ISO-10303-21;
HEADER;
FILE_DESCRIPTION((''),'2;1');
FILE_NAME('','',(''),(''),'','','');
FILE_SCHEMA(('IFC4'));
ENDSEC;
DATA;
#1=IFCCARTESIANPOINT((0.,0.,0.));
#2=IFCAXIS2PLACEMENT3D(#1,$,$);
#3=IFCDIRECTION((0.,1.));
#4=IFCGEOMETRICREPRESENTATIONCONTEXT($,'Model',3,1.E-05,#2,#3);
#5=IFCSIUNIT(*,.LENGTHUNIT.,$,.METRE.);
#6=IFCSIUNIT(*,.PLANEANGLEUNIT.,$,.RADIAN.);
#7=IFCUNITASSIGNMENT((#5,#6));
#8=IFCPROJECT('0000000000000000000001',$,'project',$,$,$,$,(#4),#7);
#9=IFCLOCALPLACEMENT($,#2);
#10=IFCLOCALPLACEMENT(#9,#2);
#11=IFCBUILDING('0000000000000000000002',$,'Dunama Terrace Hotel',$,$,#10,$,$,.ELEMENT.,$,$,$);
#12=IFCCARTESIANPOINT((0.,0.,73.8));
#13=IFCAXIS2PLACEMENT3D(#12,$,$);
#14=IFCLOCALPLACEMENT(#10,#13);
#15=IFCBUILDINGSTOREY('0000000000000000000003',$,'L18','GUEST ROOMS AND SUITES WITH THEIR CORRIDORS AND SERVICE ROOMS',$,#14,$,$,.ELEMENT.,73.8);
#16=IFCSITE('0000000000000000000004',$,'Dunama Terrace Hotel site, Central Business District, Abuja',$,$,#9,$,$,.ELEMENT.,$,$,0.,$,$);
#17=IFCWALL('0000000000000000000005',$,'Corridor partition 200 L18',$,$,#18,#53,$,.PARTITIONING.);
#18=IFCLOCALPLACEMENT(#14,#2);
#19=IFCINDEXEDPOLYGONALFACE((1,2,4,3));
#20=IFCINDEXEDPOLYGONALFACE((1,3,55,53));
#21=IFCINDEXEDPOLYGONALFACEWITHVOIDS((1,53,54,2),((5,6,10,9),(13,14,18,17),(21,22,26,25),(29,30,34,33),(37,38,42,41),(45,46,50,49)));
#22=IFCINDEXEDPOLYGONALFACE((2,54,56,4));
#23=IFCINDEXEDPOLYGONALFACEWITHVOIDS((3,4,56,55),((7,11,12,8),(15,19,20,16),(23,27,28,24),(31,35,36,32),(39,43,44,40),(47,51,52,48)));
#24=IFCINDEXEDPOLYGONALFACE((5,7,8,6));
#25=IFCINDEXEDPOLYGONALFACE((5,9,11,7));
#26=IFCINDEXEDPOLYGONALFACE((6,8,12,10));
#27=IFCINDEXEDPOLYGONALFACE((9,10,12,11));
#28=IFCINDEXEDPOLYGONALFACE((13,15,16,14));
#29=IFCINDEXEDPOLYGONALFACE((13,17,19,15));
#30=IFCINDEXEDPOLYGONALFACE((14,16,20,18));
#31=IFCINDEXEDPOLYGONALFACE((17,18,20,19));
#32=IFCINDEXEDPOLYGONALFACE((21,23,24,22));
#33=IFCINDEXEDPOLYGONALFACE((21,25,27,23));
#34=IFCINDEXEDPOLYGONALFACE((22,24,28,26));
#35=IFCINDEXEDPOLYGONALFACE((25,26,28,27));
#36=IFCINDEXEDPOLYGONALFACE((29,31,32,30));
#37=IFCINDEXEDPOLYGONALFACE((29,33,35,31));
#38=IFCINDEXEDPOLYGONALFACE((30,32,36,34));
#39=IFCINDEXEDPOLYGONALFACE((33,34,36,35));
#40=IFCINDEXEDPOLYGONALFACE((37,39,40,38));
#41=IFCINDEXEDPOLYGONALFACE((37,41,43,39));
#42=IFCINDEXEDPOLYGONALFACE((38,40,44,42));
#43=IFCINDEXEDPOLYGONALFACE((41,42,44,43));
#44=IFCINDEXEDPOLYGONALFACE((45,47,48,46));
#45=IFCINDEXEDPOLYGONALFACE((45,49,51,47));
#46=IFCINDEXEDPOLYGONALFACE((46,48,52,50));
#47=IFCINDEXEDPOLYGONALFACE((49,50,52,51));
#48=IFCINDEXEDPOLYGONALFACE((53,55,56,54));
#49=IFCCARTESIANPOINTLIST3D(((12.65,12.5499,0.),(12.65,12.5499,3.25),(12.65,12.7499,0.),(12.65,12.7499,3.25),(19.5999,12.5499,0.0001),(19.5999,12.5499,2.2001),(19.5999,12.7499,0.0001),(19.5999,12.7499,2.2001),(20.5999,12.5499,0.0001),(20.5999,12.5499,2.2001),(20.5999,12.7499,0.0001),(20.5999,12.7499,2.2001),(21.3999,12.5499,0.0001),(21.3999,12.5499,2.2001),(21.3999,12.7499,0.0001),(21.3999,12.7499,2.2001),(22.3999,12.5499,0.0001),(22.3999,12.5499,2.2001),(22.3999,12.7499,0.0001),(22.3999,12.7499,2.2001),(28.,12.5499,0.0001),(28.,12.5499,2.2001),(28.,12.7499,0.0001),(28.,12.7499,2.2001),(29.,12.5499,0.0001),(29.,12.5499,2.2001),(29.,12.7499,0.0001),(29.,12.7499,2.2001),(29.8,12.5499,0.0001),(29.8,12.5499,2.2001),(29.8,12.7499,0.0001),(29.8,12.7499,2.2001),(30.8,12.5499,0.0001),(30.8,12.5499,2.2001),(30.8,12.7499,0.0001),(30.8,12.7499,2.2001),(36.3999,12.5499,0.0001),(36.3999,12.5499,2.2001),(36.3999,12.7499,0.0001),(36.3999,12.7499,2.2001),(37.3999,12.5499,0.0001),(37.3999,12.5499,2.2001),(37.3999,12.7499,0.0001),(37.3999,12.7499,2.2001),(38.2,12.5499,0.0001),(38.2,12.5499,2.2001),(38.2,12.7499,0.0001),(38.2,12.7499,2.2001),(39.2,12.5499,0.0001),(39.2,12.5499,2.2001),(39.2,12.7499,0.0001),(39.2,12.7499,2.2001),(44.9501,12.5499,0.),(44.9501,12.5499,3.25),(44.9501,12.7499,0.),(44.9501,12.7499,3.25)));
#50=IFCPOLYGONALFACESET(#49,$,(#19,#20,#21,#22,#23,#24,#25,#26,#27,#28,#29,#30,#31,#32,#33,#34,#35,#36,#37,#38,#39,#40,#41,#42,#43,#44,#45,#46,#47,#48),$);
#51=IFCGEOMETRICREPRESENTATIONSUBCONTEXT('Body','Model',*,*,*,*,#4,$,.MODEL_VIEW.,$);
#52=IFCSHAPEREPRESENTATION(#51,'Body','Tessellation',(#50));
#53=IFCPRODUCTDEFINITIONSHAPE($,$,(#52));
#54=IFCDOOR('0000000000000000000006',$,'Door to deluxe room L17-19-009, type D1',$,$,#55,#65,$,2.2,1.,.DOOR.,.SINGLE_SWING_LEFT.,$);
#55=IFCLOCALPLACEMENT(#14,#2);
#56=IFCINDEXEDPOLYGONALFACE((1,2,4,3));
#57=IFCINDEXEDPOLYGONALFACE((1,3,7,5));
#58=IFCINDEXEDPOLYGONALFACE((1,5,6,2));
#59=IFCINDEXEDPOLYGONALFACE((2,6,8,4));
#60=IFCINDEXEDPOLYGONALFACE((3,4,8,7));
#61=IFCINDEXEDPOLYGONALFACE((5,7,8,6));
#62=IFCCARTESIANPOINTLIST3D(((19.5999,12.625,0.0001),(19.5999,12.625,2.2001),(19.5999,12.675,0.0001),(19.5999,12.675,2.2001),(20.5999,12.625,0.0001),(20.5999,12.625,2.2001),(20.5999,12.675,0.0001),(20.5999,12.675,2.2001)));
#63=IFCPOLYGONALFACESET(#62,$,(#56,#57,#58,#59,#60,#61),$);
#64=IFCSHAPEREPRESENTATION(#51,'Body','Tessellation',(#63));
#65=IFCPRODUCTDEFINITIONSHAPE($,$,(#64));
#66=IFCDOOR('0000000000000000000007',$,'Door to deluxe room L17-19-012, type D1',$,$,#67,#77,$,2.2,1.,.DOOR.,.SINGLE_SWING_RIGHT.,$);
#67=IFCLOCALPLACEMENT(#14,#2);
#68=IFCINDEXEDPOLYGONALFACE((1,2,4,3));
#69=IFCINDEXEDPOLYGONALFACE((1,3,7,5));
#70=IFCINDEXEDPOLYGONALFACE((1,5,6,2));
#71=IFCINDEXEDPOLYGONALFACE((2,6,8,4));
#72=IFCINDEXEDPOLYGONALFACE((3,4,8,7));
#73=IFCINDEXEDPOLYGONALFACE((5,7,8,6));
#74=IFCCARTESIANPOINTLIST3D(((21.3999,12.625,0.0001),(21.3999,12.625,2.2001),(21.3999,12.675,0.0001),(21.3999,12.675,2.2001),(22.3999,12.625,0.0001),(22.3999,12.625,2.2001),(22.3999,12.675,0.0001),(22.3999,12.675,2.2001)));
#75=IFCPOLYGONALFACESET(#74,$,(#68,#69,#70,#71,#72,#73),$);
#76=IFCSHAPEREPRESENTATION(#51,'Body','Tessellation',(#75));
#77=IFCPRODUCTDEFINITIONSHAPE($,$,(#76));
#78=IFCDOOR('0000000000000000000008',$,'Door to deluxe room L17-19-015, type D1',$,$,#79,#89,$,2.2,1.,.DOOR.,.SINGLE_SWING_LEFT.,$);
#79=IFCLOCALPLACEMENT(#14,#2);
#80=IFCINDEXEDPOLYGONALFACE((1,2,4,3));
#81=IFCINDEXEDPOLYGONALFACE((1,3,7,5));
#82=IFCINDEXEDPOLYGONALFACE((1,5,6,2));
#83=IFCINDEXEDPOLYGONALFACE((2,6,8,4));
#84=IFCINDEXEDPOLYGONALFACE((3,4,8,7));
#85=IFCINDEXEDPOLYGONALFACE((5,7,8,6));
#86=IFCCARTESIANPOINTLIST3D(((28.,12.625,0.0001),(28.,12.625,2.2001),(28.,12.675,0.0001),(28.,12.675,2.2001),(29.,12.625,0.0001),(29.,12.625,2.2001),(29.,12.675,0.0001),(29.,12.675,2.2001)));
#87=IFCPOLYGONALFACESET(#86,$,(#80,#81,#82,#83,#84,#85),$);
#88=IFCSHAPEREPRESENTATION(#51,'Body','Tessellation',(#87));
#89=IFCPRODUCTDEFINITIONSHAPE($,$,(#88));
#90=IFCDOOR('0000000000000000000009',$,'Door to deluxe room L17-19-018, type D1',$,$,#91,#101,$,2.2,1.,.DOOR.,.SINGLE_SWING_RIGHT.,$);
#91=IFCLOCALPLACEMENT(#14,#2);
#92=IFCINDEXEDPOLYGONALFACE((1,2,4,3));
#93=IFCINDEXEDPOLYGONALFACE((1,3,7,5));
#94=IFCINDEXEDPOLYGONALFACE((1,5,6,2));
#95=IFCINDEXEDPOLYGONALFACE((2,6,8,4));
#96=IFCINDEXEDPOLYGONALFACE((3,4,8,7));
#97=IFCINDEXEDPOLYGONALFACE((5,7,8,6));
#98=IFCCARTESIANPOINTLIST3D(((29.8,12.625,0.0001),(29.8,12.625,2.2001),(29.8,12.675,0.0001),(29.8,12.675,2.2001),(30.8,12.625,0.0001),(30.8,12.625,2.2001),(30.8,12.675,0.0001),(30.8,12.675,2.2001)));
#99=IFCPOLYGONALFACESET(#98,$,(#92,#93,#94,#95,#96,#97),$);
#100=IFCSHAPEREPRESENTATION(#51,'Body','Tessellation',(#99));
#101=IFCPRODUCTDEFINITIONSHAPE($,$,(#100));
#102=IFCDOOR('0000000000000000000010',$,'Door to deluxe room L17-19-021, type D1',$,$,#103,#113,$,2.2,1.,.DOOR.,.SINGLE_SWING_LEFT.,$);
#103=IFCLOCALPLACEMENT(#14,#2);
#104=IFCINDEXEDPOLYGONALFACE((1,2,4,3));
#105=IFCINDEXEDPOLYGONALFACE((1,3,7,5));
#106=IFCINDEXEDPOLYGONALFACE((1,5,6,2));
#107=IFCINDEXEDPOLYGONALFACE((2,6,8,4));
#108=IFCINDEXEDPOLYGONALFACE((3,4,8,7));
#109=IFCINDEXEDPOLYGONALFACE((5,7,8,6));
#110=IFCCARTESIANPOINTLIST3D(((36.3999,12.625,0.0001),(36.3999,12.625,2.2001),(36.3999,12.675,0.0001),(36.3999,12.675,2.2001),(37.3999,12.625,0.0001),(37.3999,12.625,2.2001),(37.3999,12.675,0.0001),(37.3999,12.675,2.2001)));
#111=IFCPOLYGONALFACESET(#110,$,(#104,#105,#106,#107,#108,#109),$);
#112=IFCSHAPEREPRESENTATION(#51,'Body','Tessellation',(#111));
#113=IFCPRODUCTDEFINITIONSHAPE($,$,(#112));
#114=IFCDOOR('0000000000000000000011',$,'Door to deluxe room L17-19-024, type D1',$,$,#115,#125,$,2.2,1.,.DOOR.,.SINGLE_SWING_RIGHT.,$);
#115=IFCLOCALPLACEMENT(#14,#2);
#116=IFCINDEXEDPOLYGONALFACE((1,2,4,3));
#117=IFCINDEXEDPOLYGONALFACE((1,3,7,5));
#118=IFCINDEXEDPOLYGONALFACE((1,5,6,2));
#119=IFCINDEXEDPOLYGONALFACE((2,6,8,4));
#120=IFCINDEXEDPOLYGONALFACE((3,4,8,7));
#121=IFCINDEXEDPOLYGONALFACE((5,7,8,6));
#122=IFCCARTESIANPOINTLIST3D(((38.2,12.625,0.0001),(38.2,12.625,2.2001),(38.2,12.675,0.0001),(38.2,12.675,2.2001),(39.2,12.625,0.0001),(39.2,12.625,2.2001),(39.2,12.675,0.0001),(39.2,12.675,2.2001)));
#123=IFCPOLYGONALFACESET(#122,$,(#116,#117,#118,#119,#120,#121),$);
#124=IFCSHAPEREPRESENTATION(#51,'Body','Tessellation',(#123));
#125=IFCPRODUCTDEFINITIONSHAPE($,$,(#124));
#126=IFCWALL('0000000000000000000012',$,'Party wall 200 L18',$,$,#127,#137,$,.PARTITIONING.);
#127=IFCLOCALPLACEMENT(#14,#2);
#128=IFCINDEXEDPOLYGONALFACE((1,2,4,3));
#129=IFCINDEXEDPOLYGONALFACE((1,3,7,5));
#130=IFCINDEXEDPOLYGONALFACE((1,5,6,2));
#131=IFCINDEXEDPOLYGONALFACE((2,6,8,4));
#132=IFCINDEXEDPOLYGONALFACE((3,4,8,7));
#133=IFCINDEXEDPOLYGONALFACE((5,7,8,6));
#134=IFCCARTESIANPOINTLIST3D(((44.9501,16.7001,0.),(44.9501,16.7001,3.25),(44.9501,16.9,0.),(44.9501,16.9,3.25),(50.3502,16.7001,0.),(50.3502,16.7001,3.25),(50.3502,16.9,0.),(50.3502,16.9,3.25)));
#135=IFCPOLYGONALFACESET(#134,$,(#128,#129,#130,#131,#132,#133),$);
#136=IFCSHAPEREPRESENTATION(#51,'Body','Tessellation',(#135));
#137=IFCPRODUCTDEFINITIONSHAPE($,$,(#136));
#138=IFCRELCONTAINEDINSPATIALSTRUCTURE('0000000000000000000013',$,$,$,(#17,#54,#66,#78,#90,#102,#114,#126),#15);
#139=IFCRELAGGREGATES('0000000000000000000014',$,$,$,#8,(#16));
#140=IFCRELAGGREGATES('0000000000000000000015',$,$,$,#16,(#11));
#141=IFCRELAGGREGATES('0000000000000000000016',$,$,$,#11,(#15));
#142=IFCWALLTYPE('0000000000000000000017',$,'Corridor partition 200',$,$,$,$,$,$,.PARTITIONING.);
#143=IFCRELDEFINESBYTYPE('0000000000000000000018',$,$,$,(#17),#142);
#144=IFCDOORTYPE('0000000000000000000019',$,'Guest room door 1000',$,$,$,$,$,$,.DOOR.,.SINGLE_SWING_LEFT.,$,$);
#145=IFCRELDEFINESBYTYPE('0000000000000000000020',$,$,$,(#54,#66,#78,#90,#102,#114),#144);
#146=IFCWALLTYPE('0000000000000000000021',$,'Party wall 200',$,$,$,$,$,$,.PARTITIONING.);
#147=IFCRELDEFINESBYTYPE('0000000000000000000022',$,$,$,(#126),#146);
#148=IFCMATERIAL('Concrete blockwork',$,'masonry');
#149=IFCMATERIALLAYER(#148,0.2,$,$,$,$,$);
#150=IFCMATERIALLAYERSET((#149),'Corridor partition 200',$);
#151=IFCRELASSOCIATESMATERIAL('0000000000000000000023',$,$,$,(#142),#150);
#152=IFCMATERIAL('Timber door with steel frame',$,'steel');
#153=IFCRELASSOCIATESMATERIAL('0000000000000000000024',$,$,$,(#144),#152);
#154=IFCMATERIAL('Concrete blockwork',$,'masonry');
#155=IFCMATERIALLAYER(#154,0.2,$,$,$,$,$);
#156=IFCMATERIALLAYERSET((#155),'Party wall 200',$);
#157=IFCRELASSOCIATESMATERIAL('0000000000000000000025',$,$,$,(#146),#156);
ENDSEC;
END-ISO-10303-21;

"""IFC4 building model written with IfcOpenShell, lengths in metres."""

from ifc_helpers import new_model, si_unit, direction, frame, frame_2d, origin, place, context, subcontext, project, spatial, rectangle, extrude, material, layer, layer_set, type_object, element, fill, save


model = new_model("IFC4")

# Units and contexts
model_context = context("Model", 3, precision=1e-05, world=origin(), true_north=direction((0.0, 1.0)))
body_context = subcontext(model_context, "Body", "Model", "MODEL_VIEW")
ifc_project = project(units=[si_unit("LENGTHUNIT", "METRE"), si_unit("PLANEANGLEUNIT", "RADIAN")], contexts=[model_context])

# Site, building, storey
site_placement = place(None, origin())
site = spatial("IfcSite", under=ifc_project, at=site_placement, Name="Dunama Terrace Hotel site, Central Business District, Abuja", CompositionType="ELEMENT", RefElevation=0.0)
building_placement = place(site_placement, origin())
building = spatial("IfcBuilding", under=site, at=building_placement, Name="Dunama Terrace Hotel", CompositionType="ELEMENT")
storey_placement = place(building_placement, frame((0.0, 0.0, 73.8)))
storey = spatial("IfcBuildingStorey", under=building, at=storey_placement, Name="L18", Description="GUEST ROOMS AND SUITES WITH THEIR CORRIDORS AND SERVICE ROOMS", CompositionType="ELEMENT", Elevation=73.8)

# Wall, openings, doors
ifc_material_1 = material(Name="Concrete blockwork", Category="masonry")
ifc_layer_1 = layer(ifc_material_1, 0.2)
ifc_layer_set_1 = layer_set([ifc_layer_1], Name="Corridor partition 200")
wall_type_1 = type_object("IfcWallType", Name="Corridor partition 200", PredefinedType="PARTITIONING", material=ifc_layer_set_1)
wall_1_placement = place(storey_placement, frame((44.95, 12.6499, 0.0), z_axis=(0.0, 0.0, 1.0), x_axis=(-1.0, 0.0, 0.0)))
wall_1 = element("IfcWall", 1, at=wall_1_placement, inside=storey, type_object=wall_type_1, Name="Corridor partition 200 L18", PredefinedType="PARTITIONING", context=body_context, shape_type="SweptSolid", body=[
    extrude(rectangle(XDim=32.3, YDim=0.2, at=frame_2d((16.1499, 0.0))), origin(), (0.0, 0.0, 1.0), 3.25),
])
opening_1_placement = place(wall_1_placement, frame((24.3501, 0.0, 0.0)))
opening_1 = element("IfcOpeningElement", 2, at=opening_1_placement, cuts=wall_1, PredefinedType="OPENING", context=body_context, shape_type="SweptSolid", body=[
    extrude(rectangle(XDim=1.0, YDim=2.2, at=frame_2d((0.5, 1.1001))), frame((0.0, 0.1099, 0.0), z_axis=(0.0, -1.0, 0.0), x_axis=(1.0, 0.0, 0.0)), (0.0, 0.0, 1.0), 0.22),
])
opening_2_placement = place(wall_1_placement, frame((22.55, 0.0, 0.0)))
opening_2 = element("IfcOpeningElement", 3, at=opening_2_placement, cuts=wall_1, PredefinedType="OPENING", context=body_context, shape_type="SweptSolid", body=[
    extrude(rectangle(XDim=1.0, YDim=2.2, at=frame_2d((0.5, 1.1001))), frame((0.0, 0.1099, 0.0), z_axis=(0.0, -1.0, 0.0), x_axis=(1.0, 0.0, 0.0)), (0.0, 0.0, 1.0), 0.22),
])
opening_3_placement = place(wall_1_placement, frame((15.95, 0.0, 0.0)))
opening_3 = element("IfcOpeningElement", 4, at=opening_3_placement, cuts=wall_1, PredefinedType="OPENING", context=body_context, shape_type="SweptSolid", body=[
    extrude(rectangle(XDim=1.0, YDim=2.2, at=frame_2d((0.5, 1.1001))), frame((0.0, 0.1099, 0.0), z_axis=(0.0, -1.0, 0.0), x_axis=(1.0, 0.0, 0.0)), (0.0, 0.0, 1.0), 0.22),
])
opening_4_placement = place(wall_1_placement, frame((14.1499, 0.0, 0.0)))
opening_4 = element("IfcOpeningElement", 5, at=opening_4_placement, cuts=wall_1, PredefinedType="OPENING", context=body_context, shape_type="SweptSolid", body=[
    extrude(rectangle(XDim=1.0, YDim=2.2, at=frame_2d((0.5, 1.1001))), frame((0.0, 0.1099, 0.0), z_axis=(0.0, -1.0, 0.0), x_axis=(1.0, 0.0, 0.0)), (0.0, 0.0, 1.0), 0.22),
])
opening_5_placement = place(wall_1_placement, frame((7.55, 0.0, 0.0)))
opening_5 = element("IfcOpeningElement", 6, at=opening_5_placement, cuts=wall_1, PredefinedType="OPENING", context=body_context, shape_type="SweptSolid", body=[
    extrude(rectangle(XDim=1.0, YDim=2.2, at=frame_2d((0.5, 1.1001))), frame((0.0, 0.1099, 0.0), z_axis=(0.0, -1.0, 0.0), x_axis=(1.0, 0.0, 0.0)), (0.0, 0.0, 1.0), 0.22),
])
opening_6_placement = place(wall_1_placement, frame((5.75, 0.0, 0.0)))
opening_6 = element("IfcOpeningElement", 7, at=opening_6_placement, cuts=wall_1, PredefinedType="OPENING", context=body_context, shape_type="SweptSolid", body=[
    extrude(rectangle(XDim=1.0, YDim=2.2, at=frame_2d((0.5, 1.1001))), frame((0.0, 0.1099, 0.0), z_axis=(0.0, -1.0, 0.0), x_axis=(1.0, 0.0, 0.0)), (0.0, 0.0, 1.0), 0.22),
])
ifc_material_2 = material(Name="Timber door with steel frame", Category="steel")
door_type_1 = type_object("IfcDoorType", Name="Guest room door 1000", OperationType="SINGLE_SWING_LEFT", PredefinedType="DOOR", material=ifc_material_2)
door_1_placement = place(opening_1_placement, origin())
door_1 = element("IfcDoor", 8, at=door_1_placement, inside=storey, type_object=door_type_1, Name="Door to deluxe room L17-19-009, type D1", OperationType="SINGLE_SWING_LEFT", OverallHeight=2.2, OverallWidth=1.0, PredefinedType="DOOR", context=body_context, shape_type="SweptSolid", body=[
    extrude(rectangle(XDim=1.0, YDim=2.2, at=frame_2d((0.5, 1.1001))), frame((0.0, 0.0249, 0.0), z_axis=(0.0, -1.0, 0.0), x_axis=(1.0, 0.0, 0.0)), (0.0, 0.0, 1.0), 0.05),
])
fill(opening_1, door_1)
door_2_placement = place(opening_2_placement, origin())
door_2 = element("IfcDoor", 9, at=door_2_placement, inside=storey, type_object=door_type_1, Name="Door to deluxe room L17-19-012, type D1", OperationType="SINGLE_SWING_RIGHT", OverallHeight=2.2, OverallWidth=1.0, PredefinedType="DOOR", context=body_context, shape_type="SweptSolid", body=[
    extrude(rectangle(XDim=1.0, YDim=2.2, at=frame_2d((0.5, 1.1001))), frame((0.0, 0.0249, 0.0), z_axis=(0.0, -1.0, 0.0), x_axis=(1.0, 0.0, 0.0)), (0.0, 0.0, 1.0), 0.05),
])
fill(opening_2, door_2)
door_3_placement = place(opening_3_placement, origin())
door_3 = element("IfcDoor", 10, at=door_3_placement, inside=storey, type_object=door_type_1, Name="Door to deluxe room L17-19-015, type D1", OperationType="SINGLE_SWING_LEFT", OverallHeight=2.2, OverallWidth=1.0, PredefinedType="DOOR", context=body_context, shape_type="SweptSolid", body=[
    extrude(rectangle(XDim=1.0, YDim=2.2, at=frame_2d((0.5, 1.1001))), frame((0.0, 0.0249, 0.0), z_axis=(0.0, -1.0, 0.0), x_axis=(1.0, 0.0, 0.0)), (0.0, 0.0, 1.0), 0.05),
])
fill(opening_3, door_3)
door_4_placement = place(opening_4_placement, origin())
door_4 = element("IfcDoor", 11, at=door_4_placement, inside=storey, type_object=door_type_1, Name="Door to deluxe room L17-19-018, type D1", OperationType="SINGLE_SWING_RIGHT", OverallHeight=2.2, OverallWidth=1.0, PredefinedType="DOOR", context=body_context, shape_type="SweptSolid", body=[
    extrude(rectangle(XDim=1.0, YDim=2.2, at=frame_2d((0.5, 1.1001))), frame((0.0, 0.0249, 0.0), z_axis=(0.0, -1.0, 0.0), x_axis=(1.0, 0.0, 0.0)), (0.0, 0.0, 1.0), 0.05),
])
fill(opening_4, door_4)
door_5_placement = place(opening_5_placement, origin())
door_5 = element("IfcDoor", 12, at=door_5_placement, inside=storey, type_object=door_type_1, Name="Door to deluxe room L17-19-021, type D1", OperationType="SINGLE_SWING_LEFT", OverallHeight=2.2, OverallWidth=1.0, PredefinedType="DOOR", context=body_context, shape_type="SweptSolid", body=[
    extrude(rectangle(XDim=1.0, YDim=2.2, at=frame_2d((0.5, 1.1001))), frame((0.0, 0.0249, 0.0), z_axis=(0.0, -1.0, 0.0), x_axis=(1.0, 0.0, 0.0)), (0.0, 0.0, 1.0), 0.05),
])
fill(opening_5, door_5)
door_6_placement = place(opening_6_placement, origin())
door_6 = element("IfcDoor", 13, at=door_6_placement, inside=storey, type_object=door_type_1, Name="Door to deluxe room L17-19-024, type D1", OperationType="SINGLE_SWING_RIGHT", OverallHeight=2.2, OverallWidth=1.0, PredefinedType="DOOR", context=body_context, shape_type="SweptSolid", body=[
    extrude(rectangle(XDim=1.0, YDim=2.2, at=frame_2d((0.5, 1.1001))), frame((0.0, 0.0249, 0.0), z_axis=(0.0, -1.0, 0.0), x_axis=(1.0, 0.0, 0.0)), (0.0, 0.0, 1.0), 0.05),
])
fill(opening_6, door_6)

# Wall
ifc_material_3 = material(Name="Concrete blockwork", Category="masonry")
ifc_layer_2 = layer(ifc_material_3, 0.2)
ifc_layer_set_2 = layer_set([ifc_layer_2], Name="Party wall 200")
wall_type_2 = type_object("IfcWallType", Name="Party wall 200", PredefinedType="PARTITIONING", material=ifc_layer_set_2)
wall_2_placement = place(storey_placement, frame((44.95, 16.8, 0.0), z_axis=(0.0, 0.0, 1.0), x_axis=(1.0, 0.0, 0.0)))
element("IfcWall", 14, at=wall_2_placement, inside=storey, type_object=wall_type_2, Name="Party wall 200 L18", PredefinedType="PARTITIONING", context=body_context, shape_type="SweptSolid", body=[
    extrude(rectangle(XDim=5.4001, YDim=0.2, at=frame_2d((2.7002, 0.0))), origin(), (0.0, 0.0, 1.0), 3.25),
])

save(model, "model.ifc")
